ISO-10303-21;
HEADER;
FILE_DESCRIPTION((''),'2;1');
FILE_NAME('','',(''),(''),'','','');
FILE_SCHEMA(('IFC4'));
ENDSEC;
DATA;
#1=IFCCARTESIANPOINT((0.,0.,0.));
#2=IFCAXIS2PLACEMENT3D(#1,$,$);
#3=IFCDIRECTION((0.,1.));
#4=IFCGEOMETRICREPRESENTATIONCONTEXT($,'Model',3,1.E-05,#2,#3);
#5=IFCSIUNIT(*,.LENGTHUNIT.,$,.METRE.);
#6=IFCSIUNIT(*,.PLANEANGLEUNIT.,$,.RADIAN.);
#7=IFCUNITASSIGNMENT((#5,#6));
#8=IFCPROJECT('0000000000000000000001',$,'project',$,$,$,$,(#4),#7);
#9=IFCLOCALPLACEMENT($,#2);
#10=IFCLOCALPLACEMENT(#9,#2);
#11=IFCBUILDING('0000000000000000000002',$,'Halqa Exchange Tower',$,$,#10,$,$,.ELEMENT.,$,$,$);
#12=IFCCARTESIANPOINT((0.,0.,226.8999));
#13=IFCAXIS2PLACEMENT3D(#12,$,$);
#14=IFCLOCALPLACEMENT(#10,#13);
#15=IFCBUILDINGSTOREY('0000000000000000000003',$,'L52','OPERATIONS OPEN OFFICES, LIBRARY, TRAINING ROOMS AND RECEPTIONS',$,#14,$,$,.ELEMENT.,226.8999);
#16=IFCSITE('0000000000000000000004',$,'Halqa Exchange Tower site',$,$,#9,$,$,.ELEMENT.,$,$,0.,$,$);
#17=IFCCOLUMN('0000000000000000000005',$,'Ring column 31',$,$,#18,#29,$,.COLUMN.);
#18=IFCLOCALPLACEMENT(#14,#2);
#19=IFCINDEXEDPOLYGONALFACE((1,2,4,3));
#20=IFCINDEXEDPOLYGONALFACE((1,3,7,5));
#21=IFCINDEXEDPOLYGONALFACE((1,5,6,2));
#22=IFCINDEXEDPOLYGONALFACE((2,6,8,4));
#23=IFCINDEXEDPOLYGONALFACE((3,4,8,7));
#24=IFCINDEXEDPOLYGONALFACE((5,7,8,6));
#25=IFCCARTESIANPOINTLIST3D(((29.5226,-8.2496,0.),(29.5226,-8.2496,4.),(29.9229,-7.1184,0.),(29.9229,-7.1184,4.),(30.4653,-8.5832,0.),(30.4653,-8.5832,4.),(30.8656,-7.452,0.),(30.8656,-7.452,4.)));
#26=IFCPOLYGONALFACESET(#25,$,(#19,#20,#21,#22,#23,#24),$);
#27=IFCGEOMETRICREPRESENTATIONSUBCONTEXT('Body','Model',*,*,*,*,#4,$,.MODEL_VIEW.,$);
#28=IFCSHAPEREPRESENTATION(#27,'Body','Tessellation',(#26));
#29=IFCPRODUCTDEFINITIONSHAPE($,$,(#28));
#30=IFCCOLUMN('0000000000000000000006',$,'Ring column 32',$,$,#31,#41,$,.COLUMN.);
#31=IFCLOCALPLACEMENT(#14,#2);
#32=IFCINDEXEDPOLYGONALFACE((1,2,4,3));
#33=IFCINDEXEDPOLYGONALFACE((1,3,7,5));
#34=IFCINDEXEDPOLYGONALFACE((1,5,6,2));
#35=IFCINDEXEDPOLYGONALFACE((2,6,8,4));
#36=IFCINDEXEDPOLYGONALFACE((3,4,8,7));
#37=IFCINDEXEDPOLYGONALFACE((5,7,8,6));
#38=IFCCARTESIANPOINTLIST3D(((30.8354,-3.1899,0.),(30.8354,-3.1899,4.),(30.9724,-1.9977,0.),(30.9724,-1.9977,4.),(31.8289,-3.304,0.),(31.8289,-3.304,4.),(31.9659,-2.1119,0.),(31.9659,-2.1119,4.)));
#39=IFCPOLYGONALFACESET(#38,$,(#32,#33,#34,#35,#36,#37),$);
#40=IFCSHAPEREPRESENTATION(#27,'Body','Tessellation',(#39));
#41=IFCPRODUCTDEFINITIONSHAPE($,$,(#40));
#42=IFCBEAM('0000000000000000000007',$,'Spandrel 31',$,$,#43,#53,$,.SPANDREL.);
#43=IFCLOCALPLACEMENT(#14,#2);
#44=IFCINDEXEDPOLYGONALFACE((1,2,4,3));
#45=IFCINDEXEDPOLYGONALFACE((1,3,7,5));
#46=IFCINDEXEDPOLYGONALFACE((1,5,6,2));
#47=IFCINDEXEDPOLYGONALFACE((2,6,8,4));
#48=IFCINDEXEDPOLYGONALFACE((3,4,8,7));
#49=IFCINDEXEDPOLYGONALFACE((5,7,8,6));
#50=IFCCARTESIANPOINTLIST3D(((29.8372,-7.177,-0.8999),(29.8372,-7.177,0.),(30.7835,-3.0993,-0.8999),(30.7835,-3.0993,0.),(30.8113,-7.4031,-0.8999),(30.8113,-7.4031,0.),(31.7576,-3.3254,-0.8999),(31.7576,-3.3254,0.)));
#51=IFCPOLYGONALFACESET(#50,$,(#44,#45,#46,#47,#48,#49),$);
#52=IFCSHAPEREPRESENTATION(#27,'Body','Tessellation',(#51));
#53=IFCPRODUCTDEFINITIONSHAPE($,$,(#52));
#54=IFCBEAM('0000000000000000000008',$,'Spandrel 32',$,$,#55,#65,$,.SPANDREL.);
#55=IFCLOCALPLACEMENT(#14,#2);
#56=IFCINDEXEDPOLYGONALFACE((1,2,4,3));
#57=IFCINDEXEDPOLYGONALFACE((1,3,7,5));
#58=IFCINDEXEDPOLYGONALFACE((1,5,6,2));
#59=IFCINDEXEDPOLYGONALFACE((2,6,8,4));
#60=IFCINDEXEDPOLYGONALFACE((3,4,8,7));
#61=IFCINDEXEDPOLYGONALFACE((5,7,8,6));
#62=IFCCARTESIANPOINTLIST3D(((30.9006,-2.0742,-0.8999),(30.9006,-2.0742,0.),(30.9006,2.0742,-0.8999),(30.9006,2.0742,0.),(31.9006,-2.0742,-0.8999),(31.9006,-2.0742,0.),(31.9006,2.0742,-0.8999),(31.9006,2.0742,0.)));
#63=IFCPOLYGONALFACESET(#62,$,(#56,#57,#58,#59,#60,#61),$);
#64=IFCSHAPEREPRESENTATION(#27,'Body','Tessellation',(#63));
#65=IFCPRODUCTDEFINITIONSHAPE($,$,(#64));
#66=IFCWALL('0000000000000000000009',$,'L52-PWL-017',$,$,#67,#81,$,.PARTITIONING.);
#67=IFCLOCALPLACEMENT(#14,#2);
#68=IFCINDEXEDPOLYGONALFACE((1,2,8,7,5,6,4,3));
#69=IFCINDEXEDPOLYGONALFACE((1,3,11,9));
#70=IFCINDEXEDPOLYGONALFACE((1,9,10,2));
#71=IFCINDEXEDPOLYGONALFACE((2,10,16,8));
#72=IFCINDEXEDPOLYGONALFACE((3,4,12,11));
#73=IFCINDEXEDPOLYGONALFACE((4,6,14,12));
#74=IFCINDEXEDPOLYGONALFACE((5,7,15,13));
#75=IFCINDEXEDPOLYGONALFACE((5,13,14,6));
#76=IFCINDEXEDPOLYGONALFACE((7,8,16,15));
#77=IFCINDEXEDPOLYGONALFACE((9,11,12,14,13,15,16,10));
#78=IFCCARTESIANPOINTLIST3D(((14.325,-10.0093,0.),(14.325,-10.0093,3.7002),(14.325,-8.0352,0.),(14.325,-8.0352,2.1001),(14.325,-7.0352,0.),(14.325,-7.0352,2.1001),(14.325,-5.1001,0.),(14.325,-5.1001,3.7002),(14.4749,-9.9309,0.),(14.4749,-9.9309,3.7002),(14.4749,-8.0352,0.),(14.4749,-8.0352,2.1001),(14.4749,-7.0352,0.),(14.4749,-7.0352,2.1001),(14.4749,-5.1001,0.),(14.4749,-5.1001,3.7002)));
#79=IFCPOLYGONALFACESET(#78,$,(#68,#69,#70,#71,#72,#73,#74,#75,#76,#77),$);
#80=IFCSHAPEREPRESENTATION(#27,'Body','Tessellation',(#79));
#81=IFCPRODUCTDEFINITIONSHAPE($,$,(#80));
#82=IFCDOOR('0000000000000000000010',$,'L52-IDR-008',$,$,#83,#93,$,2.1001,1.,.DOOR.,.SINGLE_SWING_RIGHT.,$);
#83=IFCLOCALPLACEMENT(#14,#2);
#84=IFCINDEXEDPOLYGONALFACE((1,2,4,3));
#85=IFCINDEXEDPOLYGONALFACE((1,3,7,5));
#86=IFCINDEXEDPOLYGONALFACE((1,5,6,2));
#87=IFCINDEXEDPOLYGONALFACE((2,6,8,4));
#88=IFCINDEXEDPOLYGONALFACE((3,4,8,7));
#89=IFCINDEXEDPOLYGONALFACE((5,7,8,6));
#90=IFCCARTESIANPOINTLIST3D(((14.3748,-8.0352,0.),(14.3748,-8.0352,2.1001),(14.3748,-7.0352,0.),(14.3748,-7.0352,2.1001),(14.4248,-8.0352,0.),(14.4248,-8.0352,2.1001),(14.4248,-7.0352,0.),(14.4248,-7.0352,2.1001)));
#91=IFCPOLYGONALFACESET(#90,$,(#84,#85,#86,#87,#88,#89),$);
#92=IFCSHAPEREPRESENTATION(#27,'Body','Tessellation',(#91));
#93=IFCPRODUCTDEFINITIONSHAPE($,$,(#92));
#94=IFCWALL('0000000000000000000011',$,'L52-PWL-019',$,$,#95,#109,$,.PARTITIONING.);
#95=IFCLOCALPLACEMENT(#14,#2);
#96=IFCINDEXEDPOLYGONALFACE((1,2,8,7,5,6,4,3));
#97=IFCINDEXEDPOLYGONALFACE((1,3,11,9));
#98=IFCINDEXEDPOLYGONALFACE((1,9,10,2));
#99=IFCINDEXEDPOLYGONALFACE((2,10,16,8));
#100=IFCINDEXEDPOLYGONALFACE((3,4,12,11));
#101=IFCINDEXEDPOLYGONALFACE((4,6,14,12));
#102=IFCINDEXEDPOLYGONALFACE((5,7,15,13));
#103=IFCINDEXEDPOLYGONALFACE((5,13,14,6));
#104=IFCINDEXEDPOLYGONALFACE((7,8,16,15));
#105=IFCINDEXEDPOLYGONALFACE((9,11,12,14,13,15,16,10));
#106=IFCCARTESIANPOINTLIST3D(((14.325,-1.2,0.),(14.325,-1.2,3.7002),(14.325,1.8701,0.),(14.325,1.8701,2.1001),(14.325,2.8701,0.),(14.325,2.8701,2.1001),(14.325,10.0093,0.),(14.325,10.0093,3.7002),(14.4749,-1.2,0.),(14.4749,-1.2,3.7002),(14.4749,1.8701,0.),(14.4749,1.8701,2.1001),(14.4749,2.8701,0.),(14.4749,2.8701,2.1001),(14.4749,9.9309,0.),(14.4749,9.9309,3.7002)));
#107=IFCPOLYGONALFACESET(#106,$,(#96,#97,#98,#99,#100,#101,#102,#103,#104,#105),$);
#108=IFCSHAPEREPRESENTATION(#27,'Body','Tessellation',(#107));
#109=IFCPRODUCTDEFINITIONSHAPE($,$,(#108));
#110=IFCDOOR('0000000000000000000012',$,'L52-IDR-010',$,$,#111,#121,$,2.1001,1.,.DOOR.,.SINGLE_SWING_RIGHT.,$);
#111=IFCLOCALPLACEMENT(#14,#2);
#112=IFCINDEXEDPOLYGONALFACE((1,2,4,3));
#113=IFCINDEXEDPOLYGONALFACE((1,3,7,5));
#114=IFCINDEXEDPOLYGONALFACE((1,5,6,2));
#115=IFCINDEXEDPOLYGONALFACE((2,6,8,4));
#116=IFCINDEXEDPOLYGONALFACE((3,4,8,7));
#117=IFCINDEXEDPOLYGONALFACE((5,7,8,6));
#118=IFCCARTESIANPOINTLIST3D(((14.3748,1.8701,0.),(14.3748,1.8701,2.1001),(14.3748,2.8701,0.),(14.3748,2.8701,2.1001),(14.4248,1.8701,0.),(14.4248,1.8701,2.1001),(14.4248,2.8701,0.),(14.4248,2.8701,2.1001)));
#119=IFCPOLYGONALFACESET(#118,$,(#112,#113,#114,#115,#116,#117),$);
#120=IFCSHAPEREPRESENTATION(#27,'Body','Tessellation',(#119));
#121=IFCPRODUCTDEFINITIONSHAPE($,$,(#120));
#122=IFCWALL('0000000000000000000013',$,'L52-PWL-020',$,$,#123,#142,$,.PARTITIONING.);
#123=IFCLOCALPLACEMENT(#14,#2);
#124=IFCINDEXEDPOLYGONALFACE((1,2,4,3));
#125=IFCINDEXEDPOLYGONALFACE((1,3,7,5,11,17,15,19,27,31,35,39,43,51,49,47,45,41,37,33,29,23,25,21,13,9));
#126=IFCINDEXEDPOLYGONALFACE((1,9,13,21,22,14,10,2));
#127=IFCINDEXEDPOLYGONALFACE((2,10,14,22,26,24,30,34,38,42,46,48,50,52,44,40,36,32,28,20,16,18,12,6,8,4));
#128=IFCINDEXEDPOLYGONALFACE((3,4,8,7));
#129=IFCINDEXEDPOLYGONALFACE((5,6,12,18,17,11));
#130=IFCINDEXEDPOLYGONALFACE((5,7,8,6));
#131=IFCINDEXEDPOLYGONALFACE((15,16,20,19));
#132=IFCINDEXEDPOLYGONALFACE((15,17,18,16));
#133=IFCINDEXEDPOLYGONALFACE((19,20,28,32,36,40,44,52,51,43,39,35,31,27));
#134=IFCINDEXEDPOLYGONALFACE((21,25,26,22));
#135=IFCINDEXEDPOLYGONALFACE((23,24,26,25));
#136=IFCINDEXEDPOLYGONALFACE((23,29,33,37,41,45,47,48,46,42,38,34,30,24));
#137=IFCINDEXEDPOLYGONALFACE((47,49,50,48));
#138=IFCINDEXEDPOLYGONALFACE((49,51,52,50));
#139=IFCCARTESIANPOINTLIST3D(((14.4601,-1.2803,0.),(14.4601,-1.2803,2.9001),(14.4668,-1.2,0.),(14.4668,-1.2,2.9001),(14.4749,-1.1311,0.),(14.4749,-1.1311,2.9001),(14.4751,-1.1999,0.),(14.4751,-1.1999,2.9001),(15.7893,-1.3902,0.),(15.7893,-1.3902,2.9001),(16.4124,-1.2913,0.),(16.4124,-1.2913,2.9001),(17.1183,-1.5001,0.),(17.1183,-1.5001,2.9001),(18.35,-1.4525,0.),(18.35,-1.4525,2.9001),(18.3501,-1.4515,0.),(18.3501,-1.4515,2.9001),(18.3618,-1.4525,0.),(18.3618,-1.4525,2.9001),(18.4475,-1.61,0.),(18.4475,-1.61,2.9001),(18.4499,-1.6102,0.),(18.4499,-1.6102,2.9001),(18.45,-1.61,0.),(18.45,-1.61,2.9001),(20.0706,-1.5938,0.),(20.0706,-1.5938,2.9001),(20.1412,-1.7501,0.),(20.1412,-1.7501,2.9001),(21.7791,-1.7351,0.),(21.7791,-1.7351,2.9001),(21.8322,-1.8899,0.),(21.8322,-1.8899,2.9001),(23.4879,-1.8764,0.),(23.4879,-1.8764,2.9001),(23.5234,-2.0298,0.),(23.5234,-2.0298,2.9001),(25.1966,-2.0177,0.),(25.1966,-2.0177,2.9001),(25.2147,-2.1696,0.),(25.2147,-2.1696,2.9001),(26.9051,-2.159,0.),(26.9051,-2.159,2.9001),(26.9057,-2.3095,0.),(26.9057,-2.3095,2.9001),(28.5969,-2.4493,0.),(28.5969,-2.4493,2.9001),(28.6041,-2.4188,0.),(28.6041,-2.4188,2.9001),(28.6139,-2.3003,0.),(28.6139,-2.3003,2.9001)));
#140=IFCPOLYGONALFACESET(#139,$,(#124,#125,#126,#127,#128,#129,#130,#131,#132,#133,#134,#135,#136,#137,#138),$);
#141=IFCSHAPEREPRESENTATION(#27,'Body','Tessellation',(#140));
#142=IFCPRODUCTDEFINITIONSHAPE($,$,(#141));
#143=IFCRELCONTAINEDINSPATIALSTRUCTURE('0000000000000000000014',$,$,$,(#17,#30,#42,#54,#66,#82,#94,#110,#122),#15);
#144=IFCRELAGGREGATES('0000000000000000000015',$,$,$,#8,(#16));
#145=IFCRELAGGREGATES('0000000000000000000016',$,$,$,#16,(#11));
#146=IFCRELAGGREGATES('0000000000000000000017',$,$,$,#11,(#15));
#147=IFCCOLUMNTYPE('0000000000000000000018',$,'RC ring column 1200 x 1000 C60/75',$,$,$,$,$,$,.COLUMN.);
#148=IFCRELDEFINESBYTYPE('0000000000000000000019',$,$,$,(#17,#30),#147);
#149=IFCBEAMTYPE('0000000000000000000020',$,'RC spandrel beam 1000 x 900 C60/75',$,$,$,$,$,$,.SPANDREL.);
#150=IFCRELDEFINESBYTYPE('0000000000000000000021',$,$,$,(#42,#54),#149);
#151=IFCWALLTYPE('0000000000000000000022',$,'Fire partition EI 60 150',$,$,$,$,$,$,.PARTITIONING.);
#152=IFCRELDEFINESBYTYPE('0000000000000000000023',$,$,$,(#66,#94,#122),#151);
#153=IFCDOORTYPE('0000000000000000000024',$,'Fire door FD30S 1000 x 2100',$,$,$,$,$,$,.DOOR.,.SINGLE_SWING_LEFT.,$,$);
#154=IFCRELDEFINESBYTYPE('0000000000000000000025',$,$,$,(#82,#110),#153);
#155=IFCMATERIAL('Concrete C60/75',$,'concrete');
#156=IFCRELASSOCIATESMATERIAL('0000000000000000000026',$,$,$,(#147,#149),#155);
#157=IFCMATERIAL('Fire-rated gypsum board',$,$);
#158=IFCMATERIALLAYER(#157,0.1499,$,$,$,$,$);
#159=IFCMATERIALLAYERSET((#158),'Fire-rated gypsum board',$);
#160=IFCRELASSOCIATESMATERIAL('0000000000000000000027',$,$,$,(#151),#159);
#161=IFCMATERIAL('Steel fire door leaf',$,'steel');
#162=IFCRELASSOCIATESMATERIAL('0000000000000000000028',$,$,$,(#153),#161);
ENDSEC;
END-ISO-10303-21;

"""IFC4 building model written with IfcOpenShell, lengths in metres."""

from ifc_helpers import new_model, si_unit, direction, frame, frame_2d, origin, origin_2d, place, context, subcontext, project, spatial, polyline, rectangle, outline, extrude, material, layer, layer_set, material_profile, profile_set, type_object, element, fill, save


model = new_model("IFC4")

# Units and contexts
model_context = context("Model", 3, precision=1e-05, world=origin(), true_north=direction((0.0, 1.0)))
body_context = subcontext(model_context, "Body", "Model", "MODEL_VIEW")
ifc_project = project(units=[si_unit("LENGTHUNIT", "METRE"), si_unit("PLANEANGLEUNIT", "RADIAN")], contexts=[model_context])

# Site, building, storey
site_placement = place(None, origin())
site = spatial("IfcSite", under=ifc_project, at=site_placement, Name="Halqa Exchange Tower site", CompositionType="ELEMENT", RefElevation=0.0)
building_placement = place(site_placement, origin())
building = spatial("IfcBuilding", under=site, at=building_placement, Name="Halqa Exchange Tower", CompositionType="ELEMENT")
storey_placement = place(building_placement, frame((0.0, 0.0, 226.8999)))
storey = spatial("IfcBuildingStorey", under=building, at=storey_placement, Name="L52", Description="OPERATIONS OPEN OFFICES, LIBRARY, TRAINING ROOMS AND RECEPTIONS", CompositionType="ELEMENT", Elevation=226.8999)

# Columns
ifc_material_1 = material(Name="Concrete C60/75", Category="concrete")
ifc_material_profile_1 = material_profile(ifc_material_1, rectangle(XDim=1.2, YDim=1.0, at=origin_2d()), Name="1200 x 1000")
ifc_profile_set_1 = profile_set([ifc_material_profile_1], Name="Concrete C60/75")
column_type = type_object("IfcColumnType", Name="RC ring column 1200 x 1000 C60/75", PredefinedType="COLUMN", material=ifc_profile_set_1)
for number, where, z_axis, x_axis, name in (
    (1, (30.1941, -7.8508, 0.0), (0.0, 0.0, 1.0), (0.333631, 0.942704, 0.0), "Ring column 31"),
    (2, (31.4006, -2.6509, 0.0), (0.0, 0.0, 1.0), (0.114153, 0.993463, 0.0), "Ring column 32"),
):
    element("IfcColumn", number, at=place(storey_placement, frame(where, z_axis=z_axis, x_axis=x_axis)), inside=storey, type_object=column_type, Name=name, PredefinedType="COLUMN", context=body_context, shape_type="SweptSolid", body=[
        extrude(rectangle(XDim=1.2, YDim=1.0, at=origin_2d()), origin(), (0.0, 0.0, 1.0), 4.0),
    ])

# Beams
ifc_material_profile_2 = material_profile(ifc_material_1, rectangle(XDim=1.0, YDim=0.8999, at=origin_2d()), Name="1000 x 900")
ifc_profile_set_2 = profile_set([ifc_material_profile_2], Name="Concrete C60/75")
beam_type = type_object("IfcBeamType", Name="RC spandrel beam 1000 x 900 C60/75", PredefinedType="SPANDREL", material=ifc_profile_set_2)
beam_1_placement = place(storey_placement, frame((30.3242, -7.29, -0.45), z_axis=(0.226061, 0.974113, 0.0), x_axis=(-0.974113, 0.226061, 0.0)))
element("IfcBeam", 3, at=beam_1_placement, inside=storey, type_object=beam_type, Name="Spandrel 31", PredefinedType="SPANDREL", context=body_context, shape_type="SweptSolid", body=[
    extrude(rectangle(XDim=1.0, YDim=0.8999, at=origin_2d()), origin(), (0.0, 0.0, 1.0), 4.186),
])
beam_2_placement = place(storey_placement, frame((31.4006, -2.0742, -0.45), z_axis=(0.0, 1.0, 0.0), x_axis=(-1.0, 0.0, 0.0)))
element("IfcBeam", 4, at=beam_2_placement, inside=storey, type_object=beam_type, Name="Spandrel 32", PredefinedType="SPANDREL", context=body_context, shape_type="SweptSolid", body=[
    extrude(rectangle(XDim=1.0, YDim=0.8999, at=origin_2d()), origin(), (0.0, 0.0, 1.0), 4.1484),
])

# Shared definitions
ifc_material_2 = material(Name="Fire-rated gypsum board")
ifc_layer_1 = layer(ifc_material_2, 0.1499)
ifc_layer_set_1 = layer_set([ifc_layer_1], Name="Fire-rated gypsum board")
wall_type_1 = type_object("IfcWallType", Name="Fire partition EI 60 150", PredefinedType="PARTITIONING", material=ifc_layer_set_1)

# Walls, openings, doors
wall_1_placement = place(storey_placement, frame((14.3999, -5.1001, 0.0), z_axis=(0.0, 0.0, 1.0), x_axis=(0.0, -1.0, 0.0)))
wall_1 = element("IfcWall", 5, at=wall_1_placement, inside=storey, type_object=wall_type_1, Name="L52-PWL-017", PredefinedType="PARTITIONING", context=body_context, shape_type="SweptSolid", body=[
    extrude(outline(polyline([(4.9092, -0.075), (4.9092, -0.075), (4.8308, 0.075), (3.2205, 0.075), (1.6104, 0.075), (0.0, 0.075), (0.0, -0.075), (1.6365, -0.075), (3.2727, -0.075), (4.9092, -0.075)])), origin(), (0.0, 0.0, 1.0), 3.7002),
])
opening_1_placement = place(wall_1_placement, frame((1.9351, 0.0, 0.0)))
opening_1 = element("IfcOpeningElement", 6, at=opening_1_placement, cuts=wall_1, PredefinedType="OPENING", context=body_context, shape_type="SweptSolid", body=[
    extrude(rectangle(XDim=1.0, YDim=2.1001, at=frame_2d((0.5, 1.05))), frame((0.0, 0.0869, 0.0), z_axis=(0.0, -1.0, 0.0), x_axis=(1.0, 0.0, 0.0)), (0.0, 0.0, 1.0), 0.1738),
])
ifc_material_3 = material(Name="Steel fire door leaf", Category="steel")
door_type_1 = type_object("IfcDoorType", Name="Fire door FD30S 1000 x 2100", OperationType="SINGLE_SWING_LEFT", PredefinedType="DOOR", material=ifc_material_3)
door_1_placement = place(opening_1_placement, origin())
door_1 = element("IfcDoor", 7, at=door_1_placement, inside=storey, type_object=door_type_1, Name="L52-IDR-008", OperationType="SINGLE_SWING_RIGHT", OverallHeight=2.1001, OverallWidth=1.0, PredefinedType="DOOR", context=body_context, shape_type="SweptSolid", body=[
    extrude(rectangle(XDim=1.0, YDim=2.1001, at=frame_2d((0.5, 1.05))), frame((0.0, 0.0249, 0.0), z_axis=(0.0, -1.0, 0.0), x_axis=(1.0, 0.0, 0.0)), (0.0, 0.0, 1.0), 0.05),
])
fill(opening_1, door_1)
wall_2_placement = place(storey_placement, frame((14.3999, -1.2, 0.0), z_axis=(0.0, 0.0, 1.0), x_axis=(0.0, 1.0, 0.0)))
wall_2 = element("IfcWall", 8, at=wall_2_placement, inside=storey, type_object=wall_type_1, Name="L52-PWL-019", PredefinedType="PARTITIONING", context=body_context, shape_type="SweptSolid", body=[
    extrude(outline(polyline([(0.0, -0.075), (1.8552, -0.075), (3.7102, -0.075), (5.5654, -0.075), (7.4204, -0.075), (9.2756, -0.075), (11.1309, -0.075), (11.2092, 0.075), (11.2092, 0.075), (9.3411, 0.075), (7.4729, 0.075), (5.6045, 0.075), (3.7363, 0.075), (1.8682, 0.075), (0.0, 0.075), (0.0, -0.075)])), origin(), (0.0, 0.0, 1.0), 3.7002),
])
opening_2_placement = place(wall_2_placement, frame((3.0701, 0.0, 0.0)))
opening_2 = element("IfcOpeningElement", 9, at=opening_2_placement, cuts=wall_2, PredefinedType="OPENING", context=body_context, shape_type="SweptSolid", body=[
    extrude(rectangle(XDim=1.0, YDim=2.1001, at=frame_2d((0.5, 1.05))), frame((0.0, 0.0869, 0.0), z_axis=(0.0, -1.0, 0.0), x_axis=(1.0, 0.0, 0.0)), (0.0, 0.0, 1.0), 0.1738),
])
door_2_placement = place(opening_2_placement, frame((1.0, 0.0, 0.0), z_axis=(0.0, 0.0, 1.0), x_axis=(-1.0, 0.0, 0.0)))
door_2 = element("IfcDoor", 10, at=door_2_placement, inside=storey, type_object=door_type_1, Name="L52-IDR-010", OperationType="SINGLE_SWING_RIGHT", OverallHeight=2.1001, OverallWidth=1.0, PredefinedType="DOOR", context=body_context, shape_type="SweptSolid", body=[
    extrude(rectangle(XDim=1.0, YDim=2.1001, at=frame_2d((0.5, 1.05))), frame((0.0, 0.0249, 0.0), z_axis=(0.0, -1.0, 0.0), x_axis=(1.0, 0.0, 0.0)), (0.0, 0.0, 1.0), 0.05),
])
fill(opening_2, door_2)

# Wall
wall_3_placement = place(storey_placement, frame((14.4663, -1.2056, 0.0), z_axis=(0.0, 0.0, 1.0), x_axis=(0.996598, -0.082415, 0.0)))
element("IfcWall", 11, at=wall_3_placement, inside=storey, type_object=wall_type_1, Name="L52-PWL-020", PredefinedType="PARTITIONING", context=body_context, shape_type="SweptSolid", body=[
    extrude(outline(polyline([(0.0, -0.075), (1.3337, -0.075), (2.6672, -0.075), (4.001, -0.075), (4.0034, -0.0747), (4.0034, -0.075), (5.7004, -0.075), (7.3972, -0.075), (9.0942, -0.075), (10.7913, -0.075), (12.488, -0.075), (14.1851, -0.075), (14.1897, -0.0439), (14.1897, 0.075), (12.4751, 0.075), (10.7607, 0.075), (9.0461, 0.075), (7.3315, 0.075), (5.6172, 0.075), (3.9026, 0.075), (3.8909, 0.074), (3.8909, 0.075), (1.9465, 0.075), (0.0024, 0.075), (0.0083, 0.0063), (0.0, 0.0056), (0.0, -0.075)])), origin(), (0.0, 0.0, 1.0), 2.9001),
])

save(model, "model.ifc")
